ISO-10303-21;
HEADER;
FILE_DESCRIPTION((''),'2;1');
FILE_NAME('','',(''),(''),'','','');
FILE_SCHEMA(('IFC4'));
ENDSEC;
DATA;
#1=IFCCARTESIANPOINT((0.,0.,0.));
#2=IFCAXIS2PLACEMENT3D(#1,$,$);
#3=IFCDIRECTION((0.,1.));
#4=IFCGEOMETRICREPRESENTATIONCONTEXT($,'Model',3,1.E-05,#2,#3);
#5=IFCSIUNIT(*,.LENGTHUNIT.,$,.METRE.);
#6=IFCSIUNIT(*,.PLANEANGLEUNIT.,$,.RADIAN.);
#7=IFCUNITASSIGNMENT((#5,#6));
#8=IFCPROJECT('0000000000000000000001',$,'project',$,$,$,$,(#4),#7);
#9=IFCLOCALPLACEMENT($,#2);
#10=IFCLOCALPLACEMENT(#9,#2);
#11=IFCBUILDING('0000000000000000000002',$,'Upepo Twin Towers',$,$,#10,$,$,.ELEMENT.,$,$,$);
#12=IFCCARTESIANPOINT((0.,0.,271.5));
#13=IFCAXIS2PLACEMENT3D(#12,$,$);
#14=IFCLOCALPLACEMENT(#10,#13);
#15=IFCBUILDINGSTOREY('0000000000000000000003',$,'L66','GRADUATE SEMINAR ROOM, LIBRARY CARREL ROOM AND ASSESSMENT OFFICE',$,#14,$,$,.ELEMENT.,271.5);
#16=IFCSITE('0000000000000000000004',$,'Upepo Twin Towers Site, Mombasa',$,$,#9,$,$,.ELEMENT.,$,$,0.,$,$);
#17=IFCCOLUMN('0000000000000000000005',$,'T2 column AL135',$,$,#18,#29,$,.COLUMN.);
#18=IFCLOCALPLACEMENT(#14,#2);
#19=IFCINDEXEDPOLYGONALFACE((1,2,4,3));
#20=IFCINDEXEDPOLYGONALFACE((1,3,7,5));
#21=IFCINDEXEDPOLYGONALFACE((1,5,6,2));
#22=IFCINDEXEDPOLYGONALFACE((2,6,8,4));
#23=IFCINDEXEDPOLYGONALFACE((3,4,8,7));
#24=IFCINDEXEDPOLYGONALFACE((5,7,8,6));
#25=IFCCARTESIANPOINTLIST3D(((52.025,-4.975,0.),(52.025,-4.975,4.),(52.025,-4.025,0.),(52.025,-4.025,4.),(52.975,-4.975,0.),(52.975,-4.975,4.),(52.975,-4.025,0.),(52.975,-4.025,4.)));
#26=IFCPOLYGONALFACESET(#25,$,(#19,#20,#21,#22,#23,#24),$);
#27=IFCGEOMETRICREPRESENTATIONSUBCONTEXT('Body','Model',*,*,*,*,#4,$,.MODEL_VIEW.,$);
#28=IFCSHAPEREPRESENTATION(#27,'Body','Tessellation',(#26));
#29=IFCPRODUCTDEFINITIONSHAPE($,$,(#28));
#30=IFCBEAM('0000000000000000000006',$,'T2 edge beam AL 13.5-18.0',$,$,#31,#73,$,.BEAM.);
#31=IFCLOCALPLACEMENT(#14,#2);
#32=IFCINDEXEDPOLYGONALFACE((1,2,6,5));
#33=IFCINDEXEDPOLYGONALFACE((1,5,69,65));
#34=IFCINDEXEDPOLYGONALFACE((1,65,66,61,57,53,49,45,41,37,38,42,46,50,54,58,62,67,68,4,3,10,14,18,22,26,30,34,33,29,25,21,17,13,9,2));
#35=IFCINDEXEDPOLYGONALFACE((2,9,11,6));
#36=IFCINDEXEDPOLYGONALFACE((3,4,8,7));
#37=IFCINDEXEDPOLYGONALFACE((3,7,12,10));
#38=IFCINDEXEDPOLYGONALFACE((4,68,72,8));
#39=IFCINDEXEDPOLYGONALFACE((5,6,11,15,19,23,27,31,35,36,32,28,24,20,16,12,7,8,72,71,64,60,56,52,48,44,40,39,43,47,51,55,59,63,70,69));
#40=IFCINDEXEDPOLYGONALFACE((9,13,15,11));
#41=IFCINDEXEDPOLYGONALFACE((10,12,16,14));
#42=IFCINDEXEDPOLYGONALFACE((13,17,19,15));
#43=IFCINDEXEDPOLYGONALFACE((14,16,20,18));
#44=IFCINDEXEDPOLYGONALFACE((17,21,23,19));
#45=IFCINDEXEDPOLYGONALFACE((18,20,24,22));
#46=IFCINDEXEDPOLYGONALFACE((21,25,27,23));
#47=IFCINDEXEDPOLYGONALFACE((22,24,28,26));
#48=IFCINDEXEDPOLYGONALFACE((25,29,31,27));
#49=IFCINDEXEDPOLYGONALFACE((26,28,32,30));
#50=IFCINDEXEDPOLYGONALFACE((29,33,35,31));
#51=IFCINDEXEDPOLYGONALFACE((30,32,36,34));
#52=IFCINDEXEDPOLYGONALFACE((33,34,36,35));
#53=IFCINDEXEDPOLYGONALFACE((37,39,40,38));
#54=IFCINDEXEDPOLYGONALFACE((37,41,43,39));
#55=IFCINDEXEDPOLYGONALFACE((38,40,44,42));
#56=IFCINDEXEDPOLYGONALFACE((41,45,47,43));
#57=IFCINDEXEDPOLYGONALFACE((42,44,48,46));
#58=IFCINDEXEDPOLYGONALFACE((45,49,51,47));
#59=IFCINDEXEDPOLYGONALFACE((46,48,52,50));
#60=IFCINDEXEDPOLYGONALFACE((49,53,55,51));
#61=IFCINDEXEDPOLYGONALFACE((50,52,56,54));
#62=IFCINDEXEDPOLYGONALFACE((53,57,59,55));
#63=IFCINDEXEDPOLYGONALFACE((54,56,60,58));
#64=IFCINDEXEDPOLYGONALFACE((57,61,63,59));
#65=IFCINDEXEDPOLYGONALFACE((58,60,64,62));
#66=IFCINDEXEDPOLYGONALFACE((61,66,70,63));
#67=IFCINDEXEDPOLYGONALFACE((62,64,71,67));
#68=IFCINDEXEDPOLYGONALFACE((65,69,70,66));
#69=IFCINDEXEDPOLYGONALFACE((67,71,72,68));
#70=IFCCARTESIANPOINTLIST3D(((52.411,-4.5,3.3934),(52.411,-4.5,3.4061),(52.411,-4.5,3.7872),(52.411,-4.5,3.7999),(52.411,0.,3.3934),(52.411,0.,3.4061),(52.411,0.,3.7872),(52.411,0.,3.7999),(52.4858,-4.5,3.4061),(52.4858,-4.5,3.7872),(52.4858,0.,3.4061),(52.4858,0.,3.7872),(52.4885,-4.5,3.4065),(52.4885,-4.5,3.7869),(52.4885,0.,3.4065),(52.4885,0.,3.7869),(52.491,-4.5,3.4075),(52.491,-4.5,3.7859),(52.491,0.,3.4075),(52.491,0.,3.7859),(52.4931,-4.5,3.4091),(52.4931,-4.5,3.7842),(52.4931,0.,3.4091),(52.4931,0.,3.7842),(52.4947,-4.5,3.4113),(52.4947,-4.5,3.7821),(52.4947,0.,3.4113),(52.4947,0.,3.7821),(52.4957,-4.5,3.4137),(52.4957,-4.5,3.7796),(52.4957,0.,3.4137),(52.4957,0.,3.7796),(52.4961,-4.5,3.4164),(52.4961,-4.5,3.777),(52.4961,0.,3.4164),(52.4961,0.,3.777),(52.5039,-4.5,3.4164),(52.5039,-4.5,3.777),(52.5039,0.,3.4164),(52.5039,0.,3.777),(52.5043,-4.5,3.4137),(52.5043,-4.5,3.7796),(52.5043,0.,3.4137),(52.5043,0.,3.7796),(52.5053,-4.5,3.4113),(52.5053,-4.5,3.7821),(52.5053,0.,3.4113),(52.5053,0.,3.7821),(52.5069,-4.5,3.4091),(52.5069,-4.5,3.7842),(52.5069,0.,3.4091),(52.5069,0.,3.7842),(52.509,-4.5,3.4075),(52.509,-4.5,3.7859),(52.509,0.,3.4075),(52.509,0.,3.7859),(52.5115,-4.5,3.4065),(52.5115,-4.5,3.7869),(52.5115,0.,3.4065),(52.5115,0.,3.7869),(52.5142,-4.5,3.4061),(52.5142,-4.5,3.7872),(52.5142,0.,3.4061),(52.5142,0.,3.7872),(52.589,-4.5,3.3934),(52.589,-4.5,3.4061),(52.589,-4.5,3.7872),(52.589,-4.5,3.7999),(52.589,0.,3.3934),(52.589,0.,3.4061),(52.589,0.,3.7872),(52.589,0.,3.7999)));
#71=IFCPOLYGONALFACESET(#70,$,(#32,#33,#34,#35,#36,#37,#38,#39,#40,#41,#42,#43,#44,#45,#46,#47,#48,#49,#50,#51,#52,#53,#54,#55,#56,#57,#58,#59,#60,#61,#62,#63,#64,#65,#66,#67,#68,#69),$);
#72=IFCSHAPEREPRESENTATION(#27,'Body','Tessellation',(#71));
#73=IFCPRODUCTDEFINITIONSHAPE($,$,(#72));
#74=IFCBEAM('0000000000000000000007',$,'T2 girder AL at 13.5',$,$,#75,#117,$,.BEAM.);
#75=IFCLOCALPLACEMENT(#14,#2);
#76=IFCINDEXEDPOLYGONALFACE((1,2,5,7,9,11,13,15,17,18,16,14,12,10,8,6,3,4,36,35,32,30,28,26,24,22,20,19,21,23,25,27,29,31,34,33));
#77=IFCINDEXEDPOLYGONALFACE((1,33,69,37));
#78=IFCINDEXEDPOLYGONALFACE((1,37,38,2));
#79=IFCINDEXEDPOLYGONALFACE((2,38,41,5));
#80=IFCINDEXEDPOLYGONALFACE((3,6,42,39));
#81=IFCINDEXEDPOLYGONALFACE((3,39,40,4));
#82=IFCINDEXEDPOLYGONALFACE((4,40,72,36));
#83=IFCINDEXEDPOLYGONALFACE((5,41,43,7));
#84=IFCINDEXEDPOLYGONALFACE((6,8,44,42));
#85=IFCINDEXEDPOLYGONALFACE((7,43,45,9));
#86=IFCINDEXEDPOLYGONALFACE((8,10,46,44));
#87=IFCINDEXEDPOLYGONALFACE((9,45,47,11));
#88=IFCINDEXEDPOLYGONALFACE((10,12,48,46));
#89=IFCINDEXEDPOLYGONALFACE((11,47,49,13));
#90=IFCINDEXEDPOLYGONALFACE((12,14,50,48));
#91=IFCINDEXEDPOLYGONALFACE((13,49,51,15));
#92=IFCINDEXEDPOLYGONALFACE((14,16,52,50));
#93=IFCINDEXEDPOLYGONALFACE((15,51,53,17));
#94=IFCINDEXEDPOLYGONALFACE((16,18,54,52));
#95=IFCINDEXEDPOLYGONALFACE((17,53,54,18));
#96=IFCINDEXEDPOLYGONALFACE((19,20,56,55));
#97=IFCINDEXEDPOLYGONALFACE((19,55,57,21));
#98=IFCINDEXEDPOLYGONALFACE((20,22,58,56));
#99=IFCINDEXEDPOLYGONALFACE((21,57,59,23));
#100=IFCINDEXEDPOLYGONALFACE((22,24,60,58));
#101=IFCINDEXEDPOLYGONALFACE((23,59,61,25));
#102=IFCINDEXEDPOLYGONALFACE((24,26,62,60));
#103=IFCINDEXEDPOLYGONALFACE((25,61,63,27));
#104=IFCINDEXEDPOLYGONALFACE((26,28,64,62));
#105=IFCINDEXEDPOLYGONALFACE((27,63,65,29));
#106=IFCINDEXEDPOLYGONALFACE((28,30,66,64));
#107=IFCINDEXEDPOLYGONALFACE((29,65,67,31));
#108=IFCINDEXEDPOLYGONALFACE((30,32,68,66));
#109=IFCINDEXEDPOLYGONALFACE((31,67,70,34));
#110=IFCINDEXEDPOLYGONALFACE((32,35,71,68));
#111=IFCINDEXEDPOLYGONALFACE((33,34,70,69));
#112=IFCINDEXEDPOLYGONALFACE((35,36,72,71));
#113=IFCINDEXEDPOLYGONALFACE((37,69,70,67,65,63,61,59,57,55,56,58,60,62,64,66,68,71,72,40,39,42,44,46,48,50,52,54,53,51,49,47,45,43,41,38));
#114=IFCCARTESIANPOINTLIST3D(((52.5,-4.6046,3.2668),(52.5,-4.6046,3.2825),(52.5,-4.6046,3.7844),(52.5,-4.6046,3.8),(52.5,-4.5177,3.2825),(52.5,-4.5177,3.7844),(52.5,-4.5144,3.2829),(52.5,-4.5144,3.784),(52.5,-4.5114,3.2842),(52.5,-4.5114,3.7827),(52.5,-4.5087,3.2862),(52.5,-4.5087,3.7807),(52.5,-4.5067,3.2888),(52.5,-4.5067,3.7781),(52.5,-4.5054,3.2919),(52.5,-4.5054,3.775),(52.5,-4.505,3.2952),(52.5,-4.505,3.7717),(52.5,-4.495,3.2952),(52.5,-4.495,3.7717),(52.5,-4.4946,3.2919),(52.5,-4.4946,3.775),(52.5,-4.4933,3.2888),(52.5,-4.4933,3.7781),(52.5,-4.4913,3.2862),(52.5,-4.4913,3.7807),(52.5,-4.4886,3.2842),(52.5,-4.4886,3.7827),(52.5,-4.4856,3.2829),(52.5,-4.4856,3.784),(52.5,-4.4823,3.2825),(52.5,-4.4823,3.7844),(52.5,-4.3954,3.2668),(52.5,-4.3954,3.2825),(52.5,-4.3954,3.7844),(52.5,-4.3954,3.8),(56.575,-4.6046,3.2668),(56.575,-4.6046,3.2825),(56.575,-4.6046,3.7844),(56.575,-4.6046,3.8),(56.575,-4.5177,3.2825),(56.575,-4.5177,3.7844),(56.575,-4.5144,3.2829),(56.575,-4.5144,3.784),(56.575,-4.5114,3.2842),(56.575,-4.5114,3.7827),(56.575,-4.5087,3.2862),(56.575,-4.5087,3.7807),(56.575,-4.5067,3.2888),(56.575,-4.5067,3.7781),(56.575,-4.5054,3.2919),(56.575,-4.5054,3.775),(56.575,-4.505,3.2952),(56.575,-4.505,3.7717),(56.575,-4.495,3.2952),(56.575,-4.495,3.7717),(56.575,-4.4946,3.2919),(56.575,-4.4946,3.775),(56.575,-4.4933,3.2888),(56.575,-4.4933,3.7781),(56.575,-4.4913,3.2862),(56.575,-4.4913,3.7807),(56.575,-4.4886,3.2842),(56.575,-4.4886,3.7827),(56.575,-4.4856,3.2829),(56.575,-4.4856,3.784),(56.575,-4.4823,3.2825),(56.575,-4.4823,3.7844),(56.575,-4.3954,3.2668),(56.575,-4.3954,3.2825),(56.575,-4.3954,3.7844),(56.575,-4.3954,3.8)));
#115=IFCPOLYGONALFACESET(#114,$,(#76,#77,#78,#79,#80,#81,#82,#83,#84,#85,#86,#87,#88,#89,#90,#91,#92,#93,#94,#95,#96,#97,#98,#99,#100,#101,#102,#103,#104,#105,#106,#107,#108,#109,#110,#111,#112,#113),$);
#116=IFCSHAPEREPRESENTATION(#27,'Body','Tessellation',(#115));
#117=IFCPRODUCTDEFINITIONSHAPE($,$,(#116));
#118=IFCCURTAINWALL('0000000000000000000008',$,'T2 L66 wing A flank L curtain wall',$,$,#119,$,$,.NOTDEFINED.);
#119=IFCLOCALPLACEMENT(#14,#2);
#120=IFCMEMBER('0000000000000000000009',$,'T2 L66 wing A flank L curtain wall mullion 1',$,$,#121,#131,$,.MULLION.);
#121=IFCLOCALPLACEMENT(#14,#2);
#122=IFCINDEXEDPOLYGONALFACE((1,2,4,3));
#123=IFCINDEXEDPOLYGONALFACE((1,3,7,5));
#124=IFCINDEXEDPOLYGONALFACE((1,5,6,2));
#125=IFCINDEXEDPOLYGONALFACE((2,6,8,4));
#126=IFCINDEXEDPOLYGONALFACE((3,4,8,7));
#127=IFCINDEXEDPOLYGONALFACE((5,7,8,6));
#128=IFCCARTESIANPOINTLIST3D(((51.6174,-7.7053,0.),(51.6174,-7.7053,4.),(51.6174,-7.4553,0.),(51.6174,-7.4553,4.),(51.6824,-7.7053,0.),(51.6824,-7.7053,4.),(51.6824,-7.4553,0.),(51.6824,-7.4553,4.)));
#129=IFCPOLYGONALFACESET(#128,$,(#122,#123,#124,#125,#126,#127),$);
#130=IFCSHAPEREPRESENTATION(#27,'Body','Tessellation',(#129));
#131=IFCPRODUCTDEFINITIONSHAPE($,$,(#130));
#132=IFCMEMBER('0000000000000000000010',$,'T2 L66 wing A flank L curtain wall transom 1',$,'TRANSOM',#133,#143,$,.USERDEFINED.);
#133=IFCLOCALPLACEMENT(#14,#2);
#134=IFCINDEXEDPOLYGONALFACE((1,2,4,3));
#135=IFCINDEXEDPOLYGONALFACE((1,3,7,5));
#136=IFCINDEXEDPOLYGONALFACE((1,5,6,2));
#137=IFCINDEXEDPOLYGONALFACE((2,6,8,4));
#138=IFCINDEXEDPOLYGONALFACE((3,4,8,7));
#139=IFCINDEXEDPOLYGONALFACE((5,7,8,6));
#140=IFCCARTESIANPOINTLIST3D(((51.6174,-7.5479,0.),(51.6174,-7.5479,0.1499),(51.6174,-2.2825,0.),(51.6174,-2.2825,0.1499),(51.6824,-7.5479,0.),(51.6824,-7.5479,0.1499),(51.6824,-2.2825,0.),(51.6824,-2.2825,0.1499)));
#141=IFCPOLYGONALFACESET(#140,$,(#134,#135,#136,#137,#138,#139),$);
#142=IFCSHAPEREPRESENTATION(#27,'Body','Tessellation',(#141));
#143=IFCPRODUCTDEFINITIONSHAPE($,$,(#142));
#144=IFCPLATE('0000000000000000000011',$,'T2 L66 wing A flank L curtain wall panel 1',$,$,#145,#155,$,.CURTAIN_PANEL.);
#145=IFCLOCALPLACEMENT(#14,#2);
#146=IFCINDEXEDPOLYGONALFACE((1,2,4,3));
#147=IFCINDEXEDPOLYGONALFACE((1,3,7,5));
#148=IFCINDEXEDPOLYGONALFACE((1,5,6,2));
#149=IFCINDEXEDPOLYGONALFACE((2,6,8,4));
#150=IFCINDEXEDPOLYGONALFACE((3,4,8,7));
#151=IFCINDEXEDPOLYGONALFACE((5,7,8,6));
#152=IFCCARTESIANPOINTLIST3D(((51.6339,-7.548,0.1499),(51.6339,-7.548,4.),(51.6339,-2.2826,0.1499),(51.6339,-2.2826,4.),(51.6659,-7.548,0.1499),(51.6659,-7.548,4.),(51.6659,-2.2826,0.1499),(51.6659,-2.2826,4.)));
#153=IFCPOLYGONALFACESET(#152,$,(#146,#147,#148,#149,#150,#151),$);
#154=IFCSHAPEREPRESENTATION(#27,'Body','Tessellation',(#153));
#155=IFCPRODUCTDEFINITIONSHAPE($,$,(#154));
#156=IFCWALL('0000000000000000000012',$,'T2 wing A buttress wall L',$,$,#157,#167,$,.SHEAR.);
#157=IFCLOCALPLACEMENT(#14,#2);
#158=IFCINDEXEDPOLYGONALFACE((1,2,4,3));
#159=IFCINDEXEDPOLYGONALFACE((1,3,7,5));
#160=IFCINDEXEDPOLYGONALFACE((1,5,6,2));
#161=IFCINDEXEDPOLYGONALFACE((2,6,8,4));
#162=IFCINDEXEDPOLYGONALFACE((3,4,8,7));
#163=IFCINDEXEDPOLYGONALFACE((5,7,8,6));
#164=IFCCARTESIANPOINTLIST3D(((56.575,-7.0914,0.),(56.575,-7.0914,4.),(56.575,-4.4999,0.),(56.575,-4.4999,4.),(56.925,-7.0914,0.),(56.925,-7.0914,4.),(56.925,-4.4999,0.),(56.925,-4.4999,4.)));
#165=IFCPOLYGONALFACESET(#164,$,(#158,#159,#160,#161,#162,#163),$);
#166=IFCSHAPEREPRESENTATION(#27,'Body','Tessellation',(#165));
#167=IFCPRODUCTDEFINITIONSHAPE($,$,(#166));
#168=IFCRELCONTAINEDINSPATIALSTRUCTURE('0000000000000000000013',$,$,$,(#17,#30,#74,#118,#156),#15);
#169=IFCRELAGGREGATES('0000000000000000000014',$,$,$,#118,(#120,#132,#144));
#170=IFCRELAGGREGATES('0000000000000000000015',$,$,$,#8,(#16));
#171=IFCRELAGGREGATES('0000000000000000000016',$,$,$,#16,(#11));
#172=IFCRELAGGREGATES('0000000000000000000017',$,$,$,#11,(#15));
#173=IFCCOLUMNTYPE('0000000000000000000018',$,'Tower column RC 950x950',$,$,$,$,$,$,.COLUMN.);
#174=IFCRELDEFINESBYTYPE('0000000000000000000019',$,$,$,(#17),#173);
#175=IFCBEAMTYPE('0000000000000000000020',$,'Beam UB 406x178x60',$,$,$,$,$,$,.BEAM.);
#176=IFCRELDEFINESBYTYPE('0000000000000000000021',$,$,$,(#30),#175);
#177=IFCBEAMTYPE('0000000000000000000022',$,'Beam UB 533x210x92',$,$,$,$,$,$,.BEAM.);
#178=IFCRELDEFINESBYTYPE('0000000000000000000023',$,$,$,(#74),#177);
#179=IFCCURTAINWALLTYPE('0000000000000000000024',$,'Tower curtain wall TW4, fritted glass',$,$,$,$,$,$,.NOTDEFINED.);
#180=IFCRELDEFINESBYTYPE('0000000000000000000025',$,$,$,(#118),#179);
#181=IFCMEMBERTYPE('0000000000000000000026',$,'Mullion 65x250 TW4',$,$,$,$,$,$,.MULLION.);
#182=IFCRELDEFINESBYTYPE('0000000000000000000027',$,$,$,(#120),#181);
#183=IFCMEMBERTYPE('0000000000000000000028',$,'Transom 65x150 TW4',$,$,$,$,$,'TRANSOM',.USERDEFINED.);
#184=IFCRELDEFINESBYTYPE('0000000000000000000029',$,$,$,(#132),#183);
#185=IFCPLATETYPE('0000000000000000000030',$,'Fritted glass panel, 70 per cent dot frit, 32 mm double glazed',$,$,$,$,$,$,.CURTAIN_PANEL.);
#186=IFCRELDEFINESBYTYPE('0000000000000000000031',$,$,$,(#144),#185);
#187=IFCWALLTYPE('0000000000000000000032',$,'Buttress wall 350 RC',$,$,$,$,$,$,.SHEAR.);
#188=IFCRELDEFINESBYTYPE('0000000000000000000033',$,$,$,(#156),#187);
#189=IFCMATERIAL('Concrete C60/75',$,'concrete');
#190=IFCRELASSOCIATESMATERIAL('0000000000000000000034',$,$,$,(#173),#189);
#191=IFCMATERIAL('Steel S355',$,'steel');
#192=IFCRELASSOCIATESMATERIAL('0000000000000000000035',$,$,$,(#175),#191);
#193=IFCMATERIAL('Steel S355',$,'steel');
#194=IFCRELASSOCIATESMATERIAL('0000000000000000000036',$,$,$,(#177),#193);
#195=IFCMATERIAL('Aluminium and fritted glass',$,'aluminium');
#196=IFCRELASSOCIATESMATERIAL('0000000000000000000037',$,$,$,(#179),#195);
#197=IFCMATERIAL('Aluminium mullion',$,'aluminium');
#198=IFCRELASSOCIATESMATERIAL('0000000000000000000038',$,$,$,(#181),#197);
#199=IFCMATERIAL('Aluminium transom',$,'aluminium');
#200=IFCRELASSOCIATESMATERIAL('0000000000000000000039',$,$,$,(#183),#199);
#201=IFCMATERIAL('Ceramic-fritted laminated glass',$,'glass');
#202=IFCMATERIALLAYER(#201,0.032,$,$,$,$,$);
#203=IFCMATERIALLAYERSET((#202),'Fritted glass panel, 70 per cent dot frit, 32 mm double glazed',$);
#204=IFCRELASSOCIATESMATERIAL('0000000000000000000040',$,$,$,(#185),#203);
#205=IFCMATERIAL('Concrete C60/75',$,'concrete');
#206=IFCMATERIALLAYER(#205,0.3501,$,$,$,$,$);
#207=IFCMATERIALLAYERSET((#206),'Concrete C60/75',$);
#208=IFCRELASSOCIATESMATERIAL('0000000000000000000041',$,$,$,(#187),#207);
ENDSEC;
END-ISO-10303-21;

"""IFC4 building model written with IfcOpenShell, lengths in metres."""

from ifc_helpers import new_model, si_unit, direction, frame, frame_2d, origin, origin_2d, place, context, subcontext, project, spatial, rectangle, i_section, extrude, material, layer, layer_set, material_profile, profile_set, type_object, element, aggregate, save


model = new_model("IFC4")

# Units and contexts
model_context = context("Model", 3, precision=1e-05, world=origin(), true_north=direction((0.0, 1.0)))
body_context = subcontext(model_context, "Body", "Model", "MODEL_VIEW")
ifc_project = project(units=[si_unit("LENGTHUNIT", "METRE"), si_unit("PLANEANGLEUNIT", "RADIAN")], contexts=[model_context])

# Site, building, storey
site_placement = place(None, origin())
site = spatial("IfcSite", under=ifc_project, at=site_placement, Name="Upepo Twin Towers Site, Mombasa", CompositionType="ELEMENT", RefElevation=0.0)
building_placement = place(site_placement, origin())
building = spatial("IfcBuilding", under=site, at=building_placement, Name="Upepo Twin Towers", CompositionType="ELEMENT")
storey_placement = place(building_placement, frame((0.0, 0.0, 271.5)))
storey = spatial("IfcBuildingStorey", under=building, at=storey_placement, Name="L66", Description="GRADUATE SEMINAR ROOM, LIBRARY CARREL ROOM AND ASSESSMENT OFFICE", CompositionType="ELEMENT", Elevation=271.5)

# Column
ifc_material_1 = material(Name="Concrete C60/75", Category="concrete")
ifc_material_profile_1 = material_profile(ifc_material_1, rectangle(XDim=0.95, YDim=0.95, at=origin_2d()), Name="RC 950x950")
ifc_profile_set_1 = profile_set([ifc_material_profile_1], Name="Concrete C60/75")
column_type = type_object("IfcColumnType", Name="Tower column RC 950x950", PredefinedType="COLUMN", material=ifc_profile_set_1)
column_placement = place(storey_placement, frame((52.5, -4.5, 0.0), z_axis=(0.0, 0.0, 1.0), x_axis=(1.0, 0.0, 0.0)))
element("IfcColumn", 1, at=column_placement, inside=storey, type_object=column_type, Name="T2 column AL135", PredefinedType="COLUMN", context=body_context, shape_type="SweptSolid", body=[
    extrude(rectangle(XDim=0.95, YDim=0.95, at=origin_2d()), origin(), (0.0, 0.0, 1.0), 4.0),
])

# Beams
ifc_material_2 = material(Name="Steel S355", Category="steel")
ifc_material_profile_2 = material_profile(ifc_material_2, i_section(OverallWidth=0.178, OverallDepth=0.4065, WebThickness=0.0078, FlangeThickness=0.0127, FilletRadius=0.0103, at=origin_2d()), Name="UB 406x178x60")
ifc_profile_set_2 = profile_set([ifc_material_profile_2], Name="Steel S355")
beam_type_1 = type_object("IfcBeamType", Name="Beam UB 406x178x60", PredefinedType="BEAM", material=ifc_profile_set_2)
beam_1_placement = place(storey_placement, frame((52.5, -4.5, 3.5967), z_axis=(0.0, 1.0, 0.0), x_axis=(-1.0, 0.0, 0.0)))
element("IfcBeam", 2, at=beam_1_placement, inside=storey, type_object=beam_type_1, Name="T2 edge beam AL 13.5-18.0", PredefinedType="BEAM", context=body_context, shape_type="SweptSolid", body=[
    extrude(i_section(OverallWidth=0.178, OverallDepth=0.4065, WebThickness=0.0078, FlangeThickness=0.0127, FilletRadius=0.0103, at=origin_2d()), origin(), (0.0, 0.0, 1.0), 4.5),
])
ifc_material_3 = material(Name="Steel S355", Category="steel")
ifc_material_profile_3 = material_profile(ifc_material_3, i_section(OverallWidth=0.2092, OverallDepth=0.5332, WebThickness=0.01, FlangeThickness=0.0156, FilletRadius=0.0127, at=origin_2d()), Name="UB 533x210x92")
ifc_profile_set_3 = profile_set([ifc_material_profile_3], Name="Steel S355")
beam_type_2 = type_object("IfcBeamType", Name="Beam UB 533x210x92", PredefinedType="BEAM", material=ifc_profile_set_3)
beam_2_placement = place(storey_placement, frame((52.5, -4.5, 3.5334), z_axis=(1.0, 0.0, 0.0), x_axis=(0.0, 1.0, 0.0)))
element("IfcBeam", 3, at=beam_2_placement, inside=storey, type_object=beam_type_2, Name="T2 girder AL at 13.5", PredefinedType="BEAM", context=body_context, shape_type="SweptSolid", body=[
    extrude(i_section(OverallWidth=0.2092, OverallDepth=0.5332, WebThickness=0.01, FlangeThickness=0.0156, FilletRadius=0.0127, at=origin_2d()), origin(), (0.0, 0.0, 1.0), 4.075),
])

# Curtain wall, members, plate
ifc_material_4 = material(Name="Aluminium and fritted glass", Category="aluminium")
curtain_wall_type = type_object("IfcCurtainWallType", Name="Tower curtain wall TW4, fritted glass", PredefinedType="NOTDEFINED", material=ifc_material_4)
curtain_wall_placement = place(storey_placement, origin())
curtain_wall = element("IfcCurtainWall", 4, at=curtain_wall_placement, inside=storey, type_object=curtain_wall_type, Name="T2 L66 wing A flank L curtain wall", PredefinedType="NOTDEFINED")
ifc_material_5 = material(Name="Aluminium mullion", Category="aluminium")
ifc_material_profile_4 = material_profile(ifc_material_5, rectangle(XDim=0.0649, YDim=0.25, at=origin_2d()), Name="MULLION 65x250")
ifc_profile_set_4 = profile_set([ifc_material_profile_4], Name="Aluminium mullion")
member_type_1 = type_object("IfcMemberType", Name="Mullion 65x250 TW4", PredefinedType="MULLION", material=ifc_profile_set_4)
member_1_placement = place(storey_placement, frame((51.6499, -7.5803, 0.0), z_axis=(0.0, 0.0, 1.0), x_axis=(-1.0, 0.0, 0.0)))
member_1 = element("IfcMember", 5, at=member_1_placement, type_object=member_type_1, Name="T2 L66 wing A flank L curtain wall mullion 1", PredefinedType="MULLION", context=body_context, shape_type="SweptSolid", body=[
    extrude(rectangle(XDim=0.0649, YDim=0.25, at=origin_2d()), origin(), (0.0, 0.0, 1.0), 4.0),
])
ifc_material_6 = material(Name="Aluminium transom", Category="aluminium")
ifc_material_profile_5 = material_profile(ifc_material_6, rectangle(XDim=0.0649, YDim=0.1499, at=origin_2d()), Name="TRANSOM 65x150")
ifc_profile_set_5 = profile_set([ifc_material_profile_5], Name="Aluminium transom")
member_type_2 = type_object("IfcMemberType", Name="Transom 65x150 TW4", ElementType="TRANSOM", PredefinedType="USERDEFINED", material=ifc_profile_set_5)
member_2_placement = place(storey_placement, frame((51.6499, -7.5479, 0.075), z_axis=(0.0, 1.0, 0.0), x_axis=(-1.0, 0.0, 0.0)))
member_2 = element("IfcMember", 6, at=member_2_placement, type_object=member_type_2, Name="T2 L66 wing A flank L curtain wall transom 1", ObjectType="TRANSOM", PredefinedType="USERDEFINED", context=body_context, shape_type="SweptSolid", body=[
    extrude(rectangle(XDim=0.0649, YDim=0.1499, at=origin_2d()), origin(), (0.0, 0.0, 1.0), 5.2654),
])
ifc_material_7 = material(Name="Ceramic-fritted laminated glass", Category="glass")
ifc_layer_1 = layer(ifc_material_7, 0.032)
ifc_layer_set_1 = layer_set([ifc_layer_1], Name="Fritted glass panel, 70 per cent dot frit, 32 mm double glazed")
plate_type = type_object("IfcPlateType", Name="Fritted glass panel, 70 per cent dot frit, 32 mm double glazed", PredefinedType="CURTAIN_PANEL", material=ifc_layer_set_1)
plate_placement = place(storey_placement, frame((51.6499, -4.9153, 0.1499), z_axis=(0.0, 0.0, 1.0), x_axis=(0.0, 1.0, 0.0)))
plate = element("IfcPlate", 7, at=plate_placement, type_object=plate_type, Name="T2 L66 wing A flank L curtain wall panel 1", PredefinedType="CURTAIN_PANEL", context=body_context, shape_type="SweptSolid", body=[
    extrude(rectangle(XDim=5.2654, YDim=0.032, at=origin_2d()), origin(), (0.0, 0.0, 1.0), 3.8501),
])
aggregate(curtain_wall, [member_1, member_2, plate])

# Wall
ifc_material_8 = material(Name="Concrete C60/75", Category="concrete")
ifc_layer_2 = layer(ifc_material_8, 0.3501)
ifc_layer_set_2 = layer_set([ifc_layer_2], Name="Concrete C60/75")
wall_type_1 = type_object("IfcWallType", Name="Buttress wall 350 RC", PredefinedType="SHEAR", material=ifc_layer_set_2)
wall_1_placement = place(storey_placement, frame((56.75, -7.0916, 0.0), z_axis=(0.0, 0.0, 1.0), x_axis=(0.0, 1.0, 0.0)))
element("IfcWall", 8, at=wall_1_placement, inside=storey, type_object=wall_type_1, Name="T2 wing A buttress wall L", PredefinedType="SHEAR", context=body_context, shape_type="SweptSolid", body=[
    extrude(rectangle(XDim=2.5916, YDim=0.3501, at=frame_2d((1.2959, 0.0))), origin(), (0.0, 0.0, 1.0), 4.0),
])

save(model, "model.ifc")
